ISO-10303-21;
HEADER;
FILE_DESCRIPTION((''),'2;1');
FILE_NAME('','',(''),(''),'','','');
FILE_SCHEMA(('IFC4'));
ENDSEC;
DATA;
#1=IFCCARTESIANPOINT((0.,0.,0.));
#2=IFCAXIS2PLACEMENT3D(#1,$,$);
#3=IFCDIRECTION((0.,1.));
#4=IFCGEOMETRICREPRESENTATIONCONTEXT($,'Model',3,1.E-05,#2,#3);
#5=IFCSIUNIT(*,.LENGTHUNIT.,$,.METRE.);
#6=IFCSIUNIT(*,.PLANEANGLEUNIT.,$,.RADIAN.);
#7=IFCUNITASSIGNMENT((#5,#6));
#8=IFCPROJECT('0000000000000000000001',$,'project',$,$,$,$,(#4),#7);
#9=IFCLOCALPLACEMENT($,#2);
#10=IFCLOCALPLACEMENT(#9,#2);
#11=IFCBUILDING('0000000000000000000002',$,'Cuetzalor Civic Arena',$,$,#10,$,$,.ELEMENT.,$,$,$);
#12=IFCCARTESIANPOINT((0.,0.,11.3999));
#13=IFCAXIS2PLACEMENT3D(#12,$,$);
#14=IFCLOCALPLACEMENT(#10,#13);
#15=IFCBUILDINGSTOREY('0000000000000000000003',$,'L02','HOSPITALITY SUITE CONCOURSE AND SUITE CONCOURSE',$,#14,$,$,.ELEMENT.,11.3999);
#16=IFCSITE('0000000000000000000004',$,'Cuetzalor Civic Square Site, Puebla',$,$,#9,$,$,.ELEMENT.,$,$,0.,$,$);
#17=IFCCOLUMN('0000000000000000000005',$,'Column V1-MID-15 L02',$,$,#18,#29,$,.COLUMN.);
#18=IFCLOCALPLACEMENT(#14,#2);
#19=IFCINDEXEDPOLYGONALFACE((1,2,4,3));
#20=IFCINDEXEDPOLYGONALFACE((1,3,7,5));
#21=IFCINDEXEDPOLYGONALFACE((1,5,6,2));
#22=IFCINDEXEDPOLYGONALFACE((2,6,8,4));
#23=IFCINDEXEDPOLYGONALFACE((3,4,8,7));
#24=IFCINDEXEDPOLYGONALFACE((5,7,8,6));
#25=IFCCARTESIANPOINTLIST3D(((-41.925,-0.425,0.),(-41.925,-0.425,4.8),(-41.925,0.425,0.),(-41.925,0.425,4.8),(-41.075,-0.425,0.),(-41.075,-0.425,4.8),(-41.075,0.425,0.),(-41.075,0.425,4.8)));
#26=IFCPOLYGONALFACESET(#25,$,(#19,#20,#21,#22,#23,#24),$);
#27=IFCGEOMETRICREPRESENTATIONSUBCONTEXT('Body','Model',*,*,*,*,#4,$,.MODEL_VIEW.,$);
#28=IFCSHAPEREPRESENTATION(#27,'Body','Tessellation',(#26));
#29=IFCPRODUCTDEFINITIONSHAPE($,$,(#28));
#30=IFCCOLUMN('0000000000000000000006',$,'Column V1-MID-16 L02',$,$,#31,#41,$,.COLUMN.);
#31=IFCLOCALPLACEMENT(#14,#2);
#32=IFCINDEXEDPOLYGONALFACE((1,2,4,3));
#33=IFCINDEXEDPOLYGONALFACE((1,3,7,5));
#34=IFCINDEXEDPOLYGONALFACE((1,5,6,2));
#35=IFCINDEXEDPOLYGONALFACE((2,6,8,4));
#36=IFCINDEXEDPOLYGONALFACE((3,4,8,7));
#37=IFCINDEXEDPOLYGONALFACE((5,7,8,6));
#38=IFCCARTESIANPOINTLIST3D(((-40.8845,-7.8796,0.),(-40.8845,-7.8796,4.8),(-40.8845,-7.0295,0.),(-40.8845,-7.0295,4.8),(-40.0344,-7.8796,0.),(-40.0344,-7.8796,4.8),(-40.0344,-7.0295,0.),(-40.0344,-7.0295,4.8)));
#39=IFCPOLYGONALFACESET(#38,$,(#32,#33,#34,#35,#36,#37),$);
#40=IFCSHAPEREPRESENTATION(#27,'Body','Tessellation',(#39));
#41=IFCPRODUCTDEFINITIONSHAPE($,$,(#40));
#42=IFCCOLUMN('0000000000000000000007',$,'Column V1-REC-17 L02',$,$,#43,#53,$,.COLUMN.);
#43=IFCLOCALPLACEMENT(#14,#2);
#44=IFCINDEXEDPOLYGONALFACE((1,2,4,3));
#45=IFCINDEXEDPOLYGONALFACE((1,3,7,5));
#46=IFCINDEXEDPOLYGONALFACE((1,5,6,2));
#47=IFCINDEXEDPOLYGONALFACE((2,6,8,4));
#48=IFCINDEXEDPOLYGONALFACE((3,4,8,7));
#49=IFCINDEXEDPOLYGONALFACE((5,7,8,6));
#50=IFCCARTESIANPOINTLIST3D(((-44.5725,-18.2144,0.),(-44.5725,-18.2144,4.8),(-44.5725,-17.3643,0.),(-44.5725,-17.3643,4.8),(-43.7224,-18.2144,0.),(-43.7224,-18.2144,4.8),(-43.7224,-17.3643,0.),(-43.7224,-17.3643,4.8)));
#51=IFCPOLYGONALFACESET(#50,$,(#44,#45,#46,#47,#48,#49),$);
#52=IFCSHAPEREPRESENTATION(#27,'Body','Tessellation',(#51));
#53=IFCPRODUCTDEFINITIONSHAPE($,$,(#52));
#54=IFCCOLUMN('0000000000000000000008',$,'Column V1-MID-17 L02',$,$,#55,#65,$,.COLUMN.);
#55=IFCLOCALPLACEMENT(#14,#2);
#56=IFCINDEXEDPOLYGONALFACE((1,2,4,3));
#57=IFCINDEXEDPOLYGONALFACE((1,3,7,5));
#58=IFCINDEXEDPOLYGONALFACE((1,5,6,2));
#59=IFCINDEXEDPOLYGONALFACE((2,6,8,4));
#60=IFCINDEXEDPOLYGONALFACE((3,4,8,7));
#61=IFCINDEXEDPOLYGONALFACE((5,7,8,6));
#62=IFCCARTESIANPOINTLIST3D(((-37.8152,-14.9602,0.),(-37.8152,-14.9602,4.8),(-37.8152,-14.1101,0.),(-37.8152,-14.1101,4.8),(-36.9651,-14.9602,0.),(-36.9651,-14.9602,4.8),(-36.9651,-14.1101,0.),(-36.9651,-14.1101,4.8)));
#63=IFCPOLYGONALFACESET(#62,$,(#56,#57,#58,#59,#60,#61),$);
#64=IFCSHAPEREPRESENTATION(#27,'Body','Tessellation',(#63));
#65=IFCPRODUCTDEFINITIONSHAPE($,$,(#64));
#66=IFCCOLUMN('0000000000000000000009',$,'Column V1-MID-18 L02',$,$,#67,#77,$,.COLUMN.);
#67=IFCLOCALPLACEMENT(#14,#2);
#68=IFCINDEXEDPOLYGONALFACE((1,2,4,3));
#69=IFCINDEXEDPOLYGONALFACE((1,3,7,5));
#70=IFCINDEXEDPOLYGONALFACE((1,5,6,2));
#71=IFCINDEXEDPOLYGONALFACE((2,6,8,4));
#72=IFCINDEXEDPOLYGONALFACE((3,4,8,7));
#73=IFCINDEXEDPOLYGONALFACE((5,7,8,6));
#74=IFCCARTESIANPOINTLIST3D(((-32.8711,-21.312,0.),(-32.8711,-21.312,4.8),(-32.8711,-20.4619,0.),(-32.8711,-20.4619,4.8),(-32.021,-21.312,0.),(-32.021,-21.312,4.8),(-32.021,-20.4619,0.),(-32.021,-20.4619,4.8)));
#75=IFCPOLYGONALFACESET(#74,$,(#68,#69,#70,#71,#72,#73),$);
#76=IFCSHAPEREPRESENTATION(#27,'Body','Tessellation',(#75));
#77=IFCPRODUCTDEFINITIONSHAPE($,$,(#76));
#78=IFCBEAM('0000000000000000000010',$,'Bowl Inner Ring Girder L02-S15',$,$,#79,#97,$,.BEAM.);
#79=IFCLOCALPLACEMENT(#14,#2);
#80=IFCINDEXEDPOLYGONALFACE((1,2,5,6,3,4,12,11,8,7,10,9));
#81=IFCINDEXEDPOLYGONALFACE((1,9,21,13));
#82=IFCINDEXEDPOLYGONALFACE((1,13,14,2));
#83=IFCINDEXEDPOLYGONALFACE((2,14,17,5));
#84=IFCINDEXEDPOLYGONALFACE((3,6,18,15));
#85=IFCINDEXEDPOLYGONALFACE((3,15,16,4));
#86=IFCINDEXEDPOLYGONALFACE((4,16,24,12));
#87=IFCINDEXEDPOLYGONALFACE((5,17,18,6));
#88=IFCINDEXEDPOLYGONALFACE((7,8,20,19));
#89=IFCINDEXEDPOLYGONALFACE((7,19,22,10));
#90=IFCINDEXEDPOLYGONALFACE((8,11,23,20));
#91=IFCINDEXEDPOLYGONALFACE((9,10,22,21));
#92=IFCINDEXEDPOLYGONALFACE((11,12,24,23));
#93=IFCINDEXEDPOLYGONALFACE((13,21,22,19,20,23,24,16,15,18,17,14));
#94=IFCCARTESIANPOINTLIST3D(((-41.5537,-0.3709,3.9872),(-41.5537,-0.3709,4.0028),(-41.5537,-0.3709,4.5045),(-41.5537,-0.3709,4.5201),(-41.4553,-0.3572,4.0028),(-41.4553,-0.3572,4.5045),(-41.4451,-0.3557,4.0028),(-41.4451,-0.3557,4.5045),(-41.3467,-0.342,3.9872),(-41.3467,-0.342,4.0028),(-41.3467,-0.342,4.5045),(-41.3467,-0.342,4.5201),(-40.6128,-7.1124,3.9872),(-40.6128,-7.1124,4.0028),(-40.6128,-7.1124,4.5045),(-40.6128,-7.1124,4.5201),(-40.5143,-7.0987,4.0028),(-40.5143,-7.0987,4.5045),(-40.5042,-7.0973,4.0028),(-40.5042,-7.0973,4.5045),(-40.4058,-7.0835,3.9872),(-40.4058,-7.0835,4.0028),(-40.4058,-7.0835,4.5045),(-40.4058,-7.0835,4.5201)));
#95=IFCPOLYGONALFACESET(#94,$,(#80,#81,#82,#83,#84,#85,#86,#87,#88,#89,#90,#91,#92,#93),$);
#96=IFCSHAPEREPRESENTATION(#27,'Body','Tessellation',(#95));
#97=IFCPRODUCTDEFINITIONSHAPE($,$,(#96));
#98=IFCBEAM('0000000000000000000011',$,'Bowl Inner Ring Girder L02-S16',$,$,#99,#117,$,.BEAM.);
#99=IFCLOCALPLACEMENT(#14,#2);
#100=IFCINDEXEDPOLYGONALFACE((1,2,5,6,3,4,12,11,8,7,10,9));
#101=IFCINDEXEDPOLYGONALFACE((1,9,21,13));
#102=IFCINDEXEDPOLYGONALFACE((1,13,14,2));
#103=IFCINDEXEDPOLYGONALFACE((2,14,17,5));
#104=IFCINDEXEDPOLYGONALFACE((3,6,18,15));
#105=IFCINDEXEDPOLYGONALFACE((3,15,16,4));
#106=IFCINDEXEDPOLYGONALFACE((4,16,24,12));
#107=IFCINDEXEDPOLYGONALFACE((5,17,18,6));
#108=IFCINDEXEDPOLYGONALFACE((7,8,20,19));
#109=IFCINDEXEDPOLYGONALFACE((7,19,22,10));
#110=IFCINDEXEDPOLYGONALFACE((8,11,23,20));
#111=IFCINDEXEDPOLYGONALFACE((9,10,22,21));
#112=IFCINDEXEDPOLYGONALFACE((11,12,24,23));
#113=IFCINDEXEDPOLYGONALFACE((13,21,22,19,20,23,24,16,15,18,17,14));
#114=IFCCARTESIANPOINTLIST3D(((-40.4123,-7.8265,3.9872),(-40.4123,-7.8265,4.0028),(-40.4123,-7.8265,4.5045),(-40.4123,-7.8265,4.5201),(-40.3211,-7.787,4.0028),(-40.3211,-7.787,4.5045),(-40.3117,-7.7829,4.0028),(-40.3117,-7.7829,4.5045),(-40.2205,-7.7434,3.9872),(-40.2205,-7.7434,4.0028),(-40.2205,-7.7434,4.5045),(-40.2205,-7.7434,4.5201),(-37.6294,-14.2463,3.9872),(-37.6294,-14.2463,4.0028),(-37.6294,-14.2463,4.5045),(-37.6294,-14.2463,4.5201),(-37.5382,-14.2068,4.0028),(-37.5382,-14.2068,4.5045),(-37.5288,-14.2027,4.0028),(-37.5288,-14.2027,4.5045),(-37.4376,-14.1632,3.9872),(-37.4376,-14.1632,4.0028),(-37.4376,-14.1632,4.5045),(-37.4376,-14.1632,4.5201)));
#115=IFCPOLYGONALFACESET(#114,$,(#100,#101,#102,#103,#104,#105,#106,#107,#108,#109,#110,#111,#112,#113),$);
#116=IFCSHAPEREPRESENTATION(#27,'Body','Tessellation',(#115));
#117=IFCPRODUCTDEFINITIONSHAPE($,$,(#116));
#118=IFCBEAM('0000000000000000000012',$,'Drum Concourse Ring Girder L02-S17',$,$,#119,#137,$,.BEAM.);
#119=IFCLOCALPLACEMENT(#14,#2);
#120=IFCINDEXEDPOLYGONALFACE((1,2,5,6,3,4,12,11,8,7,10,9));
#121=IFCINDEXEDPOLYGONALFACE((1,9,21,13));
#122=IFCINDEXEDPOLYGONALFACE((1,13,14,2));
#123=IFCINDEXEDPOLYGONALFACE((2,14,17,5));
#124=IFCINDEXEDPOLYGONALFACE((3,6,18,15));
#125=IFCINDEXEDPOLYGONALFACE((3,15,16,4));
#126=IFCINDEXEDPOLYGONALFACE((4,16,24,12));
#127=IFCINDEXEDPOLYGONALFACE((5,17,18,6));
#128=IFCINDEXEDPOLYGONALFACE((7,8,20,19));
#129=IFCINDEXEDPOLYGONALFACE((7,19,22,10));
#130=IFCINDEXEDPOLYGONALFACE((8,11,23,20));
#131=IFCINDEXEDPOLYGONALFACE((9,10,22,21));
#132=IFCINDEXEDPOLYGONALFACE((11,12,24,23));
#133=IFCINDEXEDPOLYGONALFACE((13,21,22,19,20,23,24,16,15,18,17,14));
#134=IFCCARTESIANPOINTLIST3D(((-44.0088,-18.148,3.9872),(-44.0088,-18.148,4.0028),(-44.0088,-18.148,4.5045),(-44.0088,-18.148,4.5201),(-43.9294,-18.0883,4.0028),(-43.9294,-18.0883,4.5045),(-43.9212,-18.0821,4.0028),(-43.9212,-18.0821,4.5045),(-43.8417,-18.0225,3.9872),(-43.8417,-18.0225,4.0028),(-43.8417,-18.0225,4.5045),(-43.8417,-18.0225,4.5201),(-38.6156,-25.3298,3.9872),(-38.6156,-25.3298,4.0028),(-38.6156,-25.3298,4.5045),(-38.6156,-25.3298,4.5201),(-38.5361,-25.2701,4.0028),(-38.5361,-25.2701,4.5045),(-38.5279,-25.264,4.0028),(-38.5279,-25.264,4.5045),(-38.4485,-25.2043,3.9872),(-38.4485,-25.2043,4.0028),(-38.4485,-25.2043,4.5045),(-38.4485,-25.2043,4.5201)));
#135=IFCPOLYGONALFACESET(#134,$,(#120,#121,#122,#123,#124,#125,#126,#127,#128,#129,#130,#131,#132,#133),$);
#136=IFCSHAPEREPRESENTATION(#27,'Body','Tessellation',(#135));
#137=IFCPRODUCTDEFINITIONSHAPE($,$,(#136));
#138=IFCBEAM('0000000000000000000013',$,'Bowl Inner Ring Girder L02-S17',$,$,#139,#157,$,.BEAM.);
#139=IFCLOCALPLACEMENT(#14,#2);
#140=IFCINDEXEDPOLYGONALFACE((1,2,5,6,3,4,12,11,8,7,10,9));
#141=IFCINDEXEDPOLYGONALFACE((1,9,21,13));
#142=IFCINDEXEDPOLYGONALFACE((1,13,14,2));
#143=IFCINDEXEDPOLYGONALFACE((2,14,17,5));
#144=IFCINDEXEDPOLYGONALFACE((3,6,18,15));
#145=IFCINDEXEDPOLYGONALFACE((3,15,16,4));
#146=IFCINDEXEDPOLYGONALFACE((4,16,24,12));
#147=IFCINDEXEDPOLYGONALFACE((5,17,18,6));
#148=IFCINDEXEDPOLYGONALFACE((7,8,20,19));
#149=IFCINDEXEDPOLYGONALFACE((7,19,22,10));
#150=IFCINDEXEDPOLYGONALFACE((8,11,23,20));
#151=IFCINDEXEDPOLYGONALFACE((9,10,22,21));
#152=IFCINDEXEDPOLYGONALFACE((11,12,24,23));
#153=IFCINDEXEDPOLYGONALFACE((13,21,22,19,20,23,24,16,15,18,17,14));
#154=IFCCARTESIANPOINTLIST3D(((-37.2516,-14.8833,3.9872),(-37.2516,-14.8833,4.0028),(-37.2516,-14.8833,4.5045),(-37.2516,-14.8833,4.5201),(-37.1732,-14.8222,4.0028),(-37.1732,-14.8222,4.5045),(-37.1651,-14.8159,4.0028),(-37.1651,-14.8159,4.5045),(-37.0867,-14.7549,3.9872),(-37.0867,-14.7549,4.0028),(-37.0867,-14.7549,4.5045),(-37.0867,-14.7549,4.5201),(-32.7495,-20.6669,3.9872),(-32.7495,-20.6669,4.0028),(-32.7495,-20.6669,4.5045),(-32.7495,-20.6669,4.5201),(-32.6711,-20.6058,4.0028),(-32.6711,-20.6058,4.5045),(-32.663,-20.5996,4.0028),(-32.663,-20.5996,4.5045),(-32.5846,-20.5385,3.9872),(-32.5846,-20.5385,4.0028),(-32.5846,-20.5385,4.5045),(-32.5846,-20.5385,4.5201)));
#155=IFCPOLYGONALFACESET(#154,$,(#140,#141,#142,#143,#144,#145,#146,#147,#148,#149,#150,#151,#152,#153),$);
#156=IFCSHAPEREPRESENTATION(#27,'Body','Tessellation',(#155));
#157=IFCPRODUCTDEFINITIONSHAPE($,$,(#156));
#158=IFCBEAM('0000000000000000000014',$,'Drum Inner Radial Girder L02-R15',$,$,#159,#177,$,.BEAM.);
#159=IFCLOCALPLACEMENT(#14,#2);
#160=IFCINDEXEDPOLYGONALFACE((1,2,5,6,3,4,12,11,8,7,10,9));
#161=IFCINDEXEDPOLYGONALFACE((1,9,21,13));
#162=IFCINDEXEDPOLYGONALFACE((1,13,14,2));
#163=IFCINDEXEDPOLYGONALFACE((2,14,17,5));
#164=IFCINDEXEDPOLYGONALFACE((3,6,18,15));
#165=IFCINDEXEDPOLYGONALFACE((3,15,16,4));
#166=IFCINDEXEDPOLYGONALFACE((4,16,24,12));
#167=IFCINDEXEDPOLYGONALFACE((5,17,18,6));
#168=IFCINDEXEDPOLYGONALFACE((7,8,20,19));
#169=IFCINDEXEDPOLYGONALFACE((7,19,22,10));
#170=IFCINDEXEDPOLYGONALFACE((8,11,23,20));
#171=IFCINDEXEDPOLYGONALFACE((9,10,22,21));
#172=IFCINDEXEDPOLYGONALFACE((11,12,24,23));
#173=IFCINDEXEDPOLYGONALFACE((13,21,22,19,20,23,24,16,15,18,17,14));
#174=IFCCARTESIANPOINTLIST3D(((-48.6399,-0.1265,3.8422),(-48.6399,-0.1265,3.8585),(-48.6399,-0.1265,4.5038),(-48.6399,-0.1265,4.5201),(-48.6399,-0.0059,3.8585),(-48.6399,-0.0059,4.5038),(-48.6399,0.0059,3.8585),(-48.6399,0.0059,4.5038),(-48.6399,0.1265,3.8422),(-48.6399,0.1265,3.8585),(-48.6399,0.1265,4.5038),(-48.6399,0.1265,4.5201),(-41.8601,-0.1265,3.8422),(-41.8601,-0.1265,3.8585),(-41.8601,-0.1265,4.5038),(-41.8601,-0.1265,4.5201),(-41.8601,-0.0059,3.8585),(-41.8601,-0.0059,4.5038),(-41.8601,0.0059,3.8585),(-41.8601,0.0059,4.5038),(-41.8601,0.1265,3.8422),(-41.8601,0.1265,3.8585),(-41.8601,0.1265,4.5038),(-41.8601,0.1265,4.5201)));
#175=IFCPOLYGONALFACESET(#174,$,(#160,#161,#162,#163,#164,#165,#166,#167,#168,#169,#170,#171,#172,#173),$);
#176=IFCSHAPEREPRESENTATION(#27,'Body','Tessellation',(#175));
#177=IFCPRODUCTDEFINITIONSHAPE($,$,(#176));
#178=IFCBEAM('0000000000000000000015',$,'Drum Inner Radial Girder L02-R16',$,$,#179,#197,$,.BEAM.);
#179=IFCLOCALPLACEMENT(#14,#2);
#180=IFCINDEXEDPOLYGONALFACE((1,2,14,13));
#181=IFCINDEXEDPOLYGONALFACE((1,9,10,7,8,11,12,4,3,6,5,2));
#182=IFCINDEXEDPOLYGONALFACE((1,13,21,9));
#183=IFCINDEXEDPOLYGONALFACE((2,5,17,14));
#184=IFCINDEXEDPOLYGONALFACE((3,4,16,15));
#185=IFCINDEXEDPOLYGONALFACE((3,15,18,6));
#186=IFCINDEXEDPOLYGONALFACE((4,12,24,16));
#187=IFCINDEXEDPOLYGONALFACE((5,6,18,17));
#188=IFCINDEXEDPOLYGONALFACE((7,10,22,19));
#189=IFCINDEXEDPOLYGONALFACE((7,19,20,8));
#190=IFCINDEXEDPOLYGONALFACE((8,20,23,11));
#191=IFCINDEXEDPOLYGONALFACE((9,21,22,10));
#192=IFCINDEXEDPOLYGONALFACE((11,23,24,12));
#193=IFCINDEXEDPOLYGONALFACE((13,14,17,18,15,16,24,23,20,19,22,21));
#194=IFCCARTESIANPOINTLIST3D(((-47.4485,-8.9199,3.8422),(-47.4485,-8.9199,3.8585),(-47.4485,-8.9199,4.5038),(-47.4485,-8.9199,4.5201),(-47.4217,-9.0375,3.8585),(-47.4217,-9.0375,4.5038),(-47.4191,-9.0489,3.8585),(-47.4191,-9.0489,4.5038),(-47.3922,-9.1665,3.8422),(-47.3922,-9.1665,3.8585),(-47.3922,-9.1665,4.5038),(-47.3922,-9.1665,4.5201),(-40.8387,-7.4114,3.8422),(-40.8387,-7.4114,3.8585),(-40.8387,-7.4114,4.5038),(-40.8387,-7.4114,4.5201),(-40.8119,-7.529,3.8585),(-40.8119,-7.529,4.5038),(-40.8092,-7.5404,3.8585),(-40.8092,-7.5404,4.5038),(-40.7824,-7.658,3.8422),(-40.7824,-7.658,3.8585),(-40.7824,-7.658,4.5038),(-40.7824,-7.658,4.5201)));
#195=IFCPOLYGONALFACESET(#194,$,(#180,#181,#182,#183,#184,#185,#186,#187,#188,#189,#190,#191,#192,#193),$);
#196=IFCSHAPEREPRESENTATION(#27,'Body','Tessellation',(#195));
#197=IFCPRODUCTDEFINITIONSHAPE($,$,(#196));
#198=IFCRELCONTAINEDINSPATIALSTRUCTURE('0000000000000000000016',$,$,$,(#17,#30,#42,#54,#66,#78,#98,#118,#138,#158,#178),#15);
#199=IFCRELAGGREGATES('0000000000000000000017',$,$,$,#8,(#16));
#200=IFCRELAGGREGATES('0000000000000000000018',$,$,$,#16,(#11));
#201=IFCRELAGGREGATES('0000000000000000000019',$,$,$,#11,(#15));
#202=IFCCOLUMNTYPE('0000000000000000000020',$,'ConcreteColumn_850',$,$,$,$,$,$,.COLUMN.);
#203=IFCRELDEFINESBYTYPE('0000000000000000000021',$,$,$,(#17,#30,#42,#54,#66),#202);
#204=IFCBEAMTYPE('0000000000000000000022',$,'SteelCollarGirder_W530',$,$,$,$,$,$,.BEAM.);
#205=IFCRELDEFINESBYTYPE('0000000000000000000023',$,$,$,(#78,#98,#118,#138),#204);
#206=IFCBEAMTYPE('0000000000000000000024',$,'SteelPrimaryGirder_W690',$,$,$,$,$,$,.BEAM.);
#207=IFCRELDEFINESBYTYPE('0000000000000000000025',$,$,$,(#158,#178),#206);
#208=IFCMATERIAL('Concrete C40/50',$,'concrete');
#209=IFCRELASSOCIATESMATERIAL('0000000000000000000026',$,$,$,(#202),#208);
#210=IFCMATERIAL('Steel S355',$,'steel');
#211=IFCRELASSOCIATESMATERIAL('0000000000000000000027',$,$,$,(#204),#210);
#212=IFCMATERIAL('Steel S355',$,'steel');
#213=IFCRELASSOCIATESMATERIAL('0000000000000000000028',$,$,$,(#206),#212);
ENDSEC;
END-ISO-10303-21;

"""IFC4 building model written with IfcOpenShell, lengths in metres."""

from ifc_helpers import new_model, si_unit, direction, frame, origin, origin_2d, place, context, subcontext, project, spatial, rectangle, i_section, extrude, material, material_profile, profile_set, type_object, element, save


model = new_model("IFC4")

# Units and contexts
model_context = context("Model", 3, precision=1e-05, world=origin(), true_north=direction((0.0, 1.0)))
body_context = subcontext(model_context, "Body", "Model", "MODEL_VIEW")
ifc_project = project(units=[si_unit("LENGTHUNIT", "METRE"), si_unit("PLANEANGLEUNIT", "RADIAN")], contexts=[model_context])

# Site, building, storey
site_placement = place(None, origin())
site = spatial("IfcSite", under=ifc_project, at=site_placement, Name="Cuetzalor Civic Square Site, Puebla", CompositionType="ELEMENT", RefElevation=0.0)
building_placement = place(site_placement, origin())
building = spatial("IfcBuilding", under=site, at=building_placement, Name="Cuetzalor Civic Arena", CompositionType="ELEMENT")
storey_placement = place(building_placement, frame((0.0, 0.0, 11.3999)))
storey = spatial("IfcBuildingStorey", under=building, at=storey_placement, Name="L02", Description="HOSPITALITY SUITE CONCOURSE AND SUITE CONCOURSE", CompositionType="ELEMENT", Elevation=11.3999)

# Columns
ifc_material_1 = material(Name="Concrete C40/50", Category="concrete")
ifc_material_profile_1 = material_profile(ifc_material_1, rectangle(XDim=0.8501, YDim=0.8501, at=origin_2d()), Name="RC 850x850")
ifc_profile_set_1 = profile_set([ifc_material_profile_1], Name="Concrete C40/50")
column_type = type_object("IfcColumnType", Name="ConcreteColumn_850", PredefinedType="COLUMN", material=ifc_profile_set_1)
for number, where, z_axis, x_axis, name in (
    (1, (-41.5, 0.0, 0.0), (0.0, 0.0, 1.0), (1.0, 0.0, 0.0), "Column V1-MID-15 L02"),
    (2, (-40.4595, -7.4546, 0.0), (0.0, 0.0, 1.0), (1.0, 0.0, 0.0), "Column V1-MID-16 L02"),
    (3, (-44.1475, -17.7893, 0.0), (0.0, 0.0, 1.0), (1.0, 0.0, 0.0), "Column V1-REC-17 L02"),
    (4, (-37.3901, -14.5352, 0.0), (0.0, 0.0, 1.0), (1.0, 0.0, 0.0), "Column V1-MID-17 L02"),
    (5, (-32.446, -20.887, 0.0), (0.0, 0.0, 1.0), (1.0, 0.0, 0.0), "Column V1-MID-18 L02"),
):
    element("IfcColumn", number, at=place(storey_placement, frame(where, z_axis=z_axis, x_axis=x_axis)), inside=storey, type_object=column_type, Name=name, PredefinedType="COLUMN", context=body_context, shape_type="SweptSolid", body=[
        extrude(rectangle(XDim=0.8501, YDim=0.8501, at=origin_2d()), origin(), (0.0, 0.0, 1.0), 4.8),
    ])

# Beams
ifc_material_2 = material(Name="Steel S355", Category="steel")
ifc_material_profile_2 = material_profile(ifc_material_2, i_section(OverallWidth=0.209, OverallDepth=0.533, WebThickness=0.0103, FlangeThickness=0.0156, at=origin_2d()), Name="W530x92")
ifc_profile_set_2 = profile_set([ifc_material_profile_2], Name="Steel S355")
beam_type_1 = type_object("IfcBeamType", Name="SteelCollarGirder_W530", PredefinedType="BEAM", material=ifc_profile_set_2)
beam_1_placement = place(storey_placement, frame((-41.4502, -0.3564, 4.2537), z_axis=(0.138232, -0.9904, 0.0), x_axis=(0.9904, 0.138232, 0.0)))
element("IfcBeam", 6, at=beam_1_placement, inside=storey, type_object=beam_type_1, Name="Bowl Inner Ring Girder L02-S15", PredefinedType="BEAM", context=body_context, shape_type="SweptSolid", body=[
    extrude(i_section(OverallWidth=0.209, OverallDepth=0.533, WebThickness=0.0103, FlangeThickness=0.0156, at=origin_2d()), origin(), (0.0, 0.0, 1.0), 6.8069),
])
beam_2_placement = place(storey_placement, frame((-40.3164, -7.7849, 4.2537), z_axis=(0.397727, -0.917504, 0.0), x_axis=(0.917504, 0.397727, 0.0)))
element("IfcBeam", 7, at=beam_2_placement, inside=storey, type_object=beam_type_1, Name="Bowl Inner Ring Girder L02-S16", PredefinedType="BEAM", context=body_context, shape_type="SweptSolid", body=[
    extrude(i_section(OverallWidth=0.209, OverallDepth=0.533, WebThickness=0.0103, FlangeThickness=0.0156, at=origin_2d()), origin(), (0.0, 0.0, 1.0), 6.9971),
])
beam_3_placement = place(storey_placement, frame((-43.9253, -18.0852, 4.2537), z_axis=(0.600491, -0.799631, 0.0), x_axis=(0.799631, 0.600491, 0.0)))
element("IfcBeam", 8, at=beam_3_placement, inside=storey, type_object=beam_type_1, Name="Drum Concourse Ring Girder L02-S17", PredefinedType="BEAM", context=body_context, shape_type="SweptSolid", body=[
    extrude(i_section(OverallWidth=0.209, OverallDepth=0.533, WebThickness=0.0103, FlangeThickness=0.0156, at=origin_2d()), origin(), (0.0, 0.0, 1.0), 8.9814),
])
beam_4_placement = place(storey_placement, frame((-37.1692, -14.8191, 4.2537), z_axis=(0.614261, -0.789103, 0.0), x_axis=(0.789103, 0.614261, 0.0)))
element("IfcBeam", 9, at=beam_4_placement, inside=storey, type_object=beam_type_1, Name="Bowl Inner Ring Girder L02-S17", PredefinedType="BEAM", context=body_context, shape_type="SweptSolid", body=[
    extrude(i_section(OverallWidth=0.209, OverallDepth=0.533, WebThickness=0.0103, FlangeThickness=0.0156, at=origin_2d()), origin(), (0.0, 0.0, 1.0), 7.3293),
])
ifc_material_3 = material(Name="Steel S355", Category="steel")
ifc_material_profile_3 = material_profile(ifc_material_3, i_section(OverallWidth=0.2529, OverallDepth=0.678, WebThickness=0.0117, FlangeThickness=0.0164, at=origin_2d()), Name="W690x125")
ifc_profile_set_3 = profile_set([ifc_material_profile_3], Name="Steel S355")
beam_type_2 = type_object("IfcBeamType", Name="SteelPrimaryGirder_W690", PredefinedType="BEAM", material=ifc_profile_set_3)
for number, where, z_axis, x_axis, name in (
    (10, (-41.8601, 0.0, 4.1812), (-1.0, 0.0, 0.0), (0.0, -1.0, 0.0), "Drum Inner Radial Girder L02-R15"),
    (11, (-40.8105, -7.5347, 4.1812), (-0.974932, -0.222505, 0.0), (0.222505, -0.974932, 0.0), "Drum Inner Radial Girder L02-R16"),
):
    element("IfcBeam", number, at=place(storey_placement, frame(where, z_axis=z_axis, x_axis=x_axis)), inside=storey, type_object=beam_type_2, Name=name, PredefinedType="BEAM", context=body_context, shape_type="SweptSolid", body=[
        extrude(i_section(OverallWidth=0.2529, OverallDepth=0.678, WebThickness=0.0117, FlangeThickness=0.0164, at=origin_2d()), origin(), (0.0, 0.0, 1.0), 6.7798),
    ])

save(model, "model.ifc")
